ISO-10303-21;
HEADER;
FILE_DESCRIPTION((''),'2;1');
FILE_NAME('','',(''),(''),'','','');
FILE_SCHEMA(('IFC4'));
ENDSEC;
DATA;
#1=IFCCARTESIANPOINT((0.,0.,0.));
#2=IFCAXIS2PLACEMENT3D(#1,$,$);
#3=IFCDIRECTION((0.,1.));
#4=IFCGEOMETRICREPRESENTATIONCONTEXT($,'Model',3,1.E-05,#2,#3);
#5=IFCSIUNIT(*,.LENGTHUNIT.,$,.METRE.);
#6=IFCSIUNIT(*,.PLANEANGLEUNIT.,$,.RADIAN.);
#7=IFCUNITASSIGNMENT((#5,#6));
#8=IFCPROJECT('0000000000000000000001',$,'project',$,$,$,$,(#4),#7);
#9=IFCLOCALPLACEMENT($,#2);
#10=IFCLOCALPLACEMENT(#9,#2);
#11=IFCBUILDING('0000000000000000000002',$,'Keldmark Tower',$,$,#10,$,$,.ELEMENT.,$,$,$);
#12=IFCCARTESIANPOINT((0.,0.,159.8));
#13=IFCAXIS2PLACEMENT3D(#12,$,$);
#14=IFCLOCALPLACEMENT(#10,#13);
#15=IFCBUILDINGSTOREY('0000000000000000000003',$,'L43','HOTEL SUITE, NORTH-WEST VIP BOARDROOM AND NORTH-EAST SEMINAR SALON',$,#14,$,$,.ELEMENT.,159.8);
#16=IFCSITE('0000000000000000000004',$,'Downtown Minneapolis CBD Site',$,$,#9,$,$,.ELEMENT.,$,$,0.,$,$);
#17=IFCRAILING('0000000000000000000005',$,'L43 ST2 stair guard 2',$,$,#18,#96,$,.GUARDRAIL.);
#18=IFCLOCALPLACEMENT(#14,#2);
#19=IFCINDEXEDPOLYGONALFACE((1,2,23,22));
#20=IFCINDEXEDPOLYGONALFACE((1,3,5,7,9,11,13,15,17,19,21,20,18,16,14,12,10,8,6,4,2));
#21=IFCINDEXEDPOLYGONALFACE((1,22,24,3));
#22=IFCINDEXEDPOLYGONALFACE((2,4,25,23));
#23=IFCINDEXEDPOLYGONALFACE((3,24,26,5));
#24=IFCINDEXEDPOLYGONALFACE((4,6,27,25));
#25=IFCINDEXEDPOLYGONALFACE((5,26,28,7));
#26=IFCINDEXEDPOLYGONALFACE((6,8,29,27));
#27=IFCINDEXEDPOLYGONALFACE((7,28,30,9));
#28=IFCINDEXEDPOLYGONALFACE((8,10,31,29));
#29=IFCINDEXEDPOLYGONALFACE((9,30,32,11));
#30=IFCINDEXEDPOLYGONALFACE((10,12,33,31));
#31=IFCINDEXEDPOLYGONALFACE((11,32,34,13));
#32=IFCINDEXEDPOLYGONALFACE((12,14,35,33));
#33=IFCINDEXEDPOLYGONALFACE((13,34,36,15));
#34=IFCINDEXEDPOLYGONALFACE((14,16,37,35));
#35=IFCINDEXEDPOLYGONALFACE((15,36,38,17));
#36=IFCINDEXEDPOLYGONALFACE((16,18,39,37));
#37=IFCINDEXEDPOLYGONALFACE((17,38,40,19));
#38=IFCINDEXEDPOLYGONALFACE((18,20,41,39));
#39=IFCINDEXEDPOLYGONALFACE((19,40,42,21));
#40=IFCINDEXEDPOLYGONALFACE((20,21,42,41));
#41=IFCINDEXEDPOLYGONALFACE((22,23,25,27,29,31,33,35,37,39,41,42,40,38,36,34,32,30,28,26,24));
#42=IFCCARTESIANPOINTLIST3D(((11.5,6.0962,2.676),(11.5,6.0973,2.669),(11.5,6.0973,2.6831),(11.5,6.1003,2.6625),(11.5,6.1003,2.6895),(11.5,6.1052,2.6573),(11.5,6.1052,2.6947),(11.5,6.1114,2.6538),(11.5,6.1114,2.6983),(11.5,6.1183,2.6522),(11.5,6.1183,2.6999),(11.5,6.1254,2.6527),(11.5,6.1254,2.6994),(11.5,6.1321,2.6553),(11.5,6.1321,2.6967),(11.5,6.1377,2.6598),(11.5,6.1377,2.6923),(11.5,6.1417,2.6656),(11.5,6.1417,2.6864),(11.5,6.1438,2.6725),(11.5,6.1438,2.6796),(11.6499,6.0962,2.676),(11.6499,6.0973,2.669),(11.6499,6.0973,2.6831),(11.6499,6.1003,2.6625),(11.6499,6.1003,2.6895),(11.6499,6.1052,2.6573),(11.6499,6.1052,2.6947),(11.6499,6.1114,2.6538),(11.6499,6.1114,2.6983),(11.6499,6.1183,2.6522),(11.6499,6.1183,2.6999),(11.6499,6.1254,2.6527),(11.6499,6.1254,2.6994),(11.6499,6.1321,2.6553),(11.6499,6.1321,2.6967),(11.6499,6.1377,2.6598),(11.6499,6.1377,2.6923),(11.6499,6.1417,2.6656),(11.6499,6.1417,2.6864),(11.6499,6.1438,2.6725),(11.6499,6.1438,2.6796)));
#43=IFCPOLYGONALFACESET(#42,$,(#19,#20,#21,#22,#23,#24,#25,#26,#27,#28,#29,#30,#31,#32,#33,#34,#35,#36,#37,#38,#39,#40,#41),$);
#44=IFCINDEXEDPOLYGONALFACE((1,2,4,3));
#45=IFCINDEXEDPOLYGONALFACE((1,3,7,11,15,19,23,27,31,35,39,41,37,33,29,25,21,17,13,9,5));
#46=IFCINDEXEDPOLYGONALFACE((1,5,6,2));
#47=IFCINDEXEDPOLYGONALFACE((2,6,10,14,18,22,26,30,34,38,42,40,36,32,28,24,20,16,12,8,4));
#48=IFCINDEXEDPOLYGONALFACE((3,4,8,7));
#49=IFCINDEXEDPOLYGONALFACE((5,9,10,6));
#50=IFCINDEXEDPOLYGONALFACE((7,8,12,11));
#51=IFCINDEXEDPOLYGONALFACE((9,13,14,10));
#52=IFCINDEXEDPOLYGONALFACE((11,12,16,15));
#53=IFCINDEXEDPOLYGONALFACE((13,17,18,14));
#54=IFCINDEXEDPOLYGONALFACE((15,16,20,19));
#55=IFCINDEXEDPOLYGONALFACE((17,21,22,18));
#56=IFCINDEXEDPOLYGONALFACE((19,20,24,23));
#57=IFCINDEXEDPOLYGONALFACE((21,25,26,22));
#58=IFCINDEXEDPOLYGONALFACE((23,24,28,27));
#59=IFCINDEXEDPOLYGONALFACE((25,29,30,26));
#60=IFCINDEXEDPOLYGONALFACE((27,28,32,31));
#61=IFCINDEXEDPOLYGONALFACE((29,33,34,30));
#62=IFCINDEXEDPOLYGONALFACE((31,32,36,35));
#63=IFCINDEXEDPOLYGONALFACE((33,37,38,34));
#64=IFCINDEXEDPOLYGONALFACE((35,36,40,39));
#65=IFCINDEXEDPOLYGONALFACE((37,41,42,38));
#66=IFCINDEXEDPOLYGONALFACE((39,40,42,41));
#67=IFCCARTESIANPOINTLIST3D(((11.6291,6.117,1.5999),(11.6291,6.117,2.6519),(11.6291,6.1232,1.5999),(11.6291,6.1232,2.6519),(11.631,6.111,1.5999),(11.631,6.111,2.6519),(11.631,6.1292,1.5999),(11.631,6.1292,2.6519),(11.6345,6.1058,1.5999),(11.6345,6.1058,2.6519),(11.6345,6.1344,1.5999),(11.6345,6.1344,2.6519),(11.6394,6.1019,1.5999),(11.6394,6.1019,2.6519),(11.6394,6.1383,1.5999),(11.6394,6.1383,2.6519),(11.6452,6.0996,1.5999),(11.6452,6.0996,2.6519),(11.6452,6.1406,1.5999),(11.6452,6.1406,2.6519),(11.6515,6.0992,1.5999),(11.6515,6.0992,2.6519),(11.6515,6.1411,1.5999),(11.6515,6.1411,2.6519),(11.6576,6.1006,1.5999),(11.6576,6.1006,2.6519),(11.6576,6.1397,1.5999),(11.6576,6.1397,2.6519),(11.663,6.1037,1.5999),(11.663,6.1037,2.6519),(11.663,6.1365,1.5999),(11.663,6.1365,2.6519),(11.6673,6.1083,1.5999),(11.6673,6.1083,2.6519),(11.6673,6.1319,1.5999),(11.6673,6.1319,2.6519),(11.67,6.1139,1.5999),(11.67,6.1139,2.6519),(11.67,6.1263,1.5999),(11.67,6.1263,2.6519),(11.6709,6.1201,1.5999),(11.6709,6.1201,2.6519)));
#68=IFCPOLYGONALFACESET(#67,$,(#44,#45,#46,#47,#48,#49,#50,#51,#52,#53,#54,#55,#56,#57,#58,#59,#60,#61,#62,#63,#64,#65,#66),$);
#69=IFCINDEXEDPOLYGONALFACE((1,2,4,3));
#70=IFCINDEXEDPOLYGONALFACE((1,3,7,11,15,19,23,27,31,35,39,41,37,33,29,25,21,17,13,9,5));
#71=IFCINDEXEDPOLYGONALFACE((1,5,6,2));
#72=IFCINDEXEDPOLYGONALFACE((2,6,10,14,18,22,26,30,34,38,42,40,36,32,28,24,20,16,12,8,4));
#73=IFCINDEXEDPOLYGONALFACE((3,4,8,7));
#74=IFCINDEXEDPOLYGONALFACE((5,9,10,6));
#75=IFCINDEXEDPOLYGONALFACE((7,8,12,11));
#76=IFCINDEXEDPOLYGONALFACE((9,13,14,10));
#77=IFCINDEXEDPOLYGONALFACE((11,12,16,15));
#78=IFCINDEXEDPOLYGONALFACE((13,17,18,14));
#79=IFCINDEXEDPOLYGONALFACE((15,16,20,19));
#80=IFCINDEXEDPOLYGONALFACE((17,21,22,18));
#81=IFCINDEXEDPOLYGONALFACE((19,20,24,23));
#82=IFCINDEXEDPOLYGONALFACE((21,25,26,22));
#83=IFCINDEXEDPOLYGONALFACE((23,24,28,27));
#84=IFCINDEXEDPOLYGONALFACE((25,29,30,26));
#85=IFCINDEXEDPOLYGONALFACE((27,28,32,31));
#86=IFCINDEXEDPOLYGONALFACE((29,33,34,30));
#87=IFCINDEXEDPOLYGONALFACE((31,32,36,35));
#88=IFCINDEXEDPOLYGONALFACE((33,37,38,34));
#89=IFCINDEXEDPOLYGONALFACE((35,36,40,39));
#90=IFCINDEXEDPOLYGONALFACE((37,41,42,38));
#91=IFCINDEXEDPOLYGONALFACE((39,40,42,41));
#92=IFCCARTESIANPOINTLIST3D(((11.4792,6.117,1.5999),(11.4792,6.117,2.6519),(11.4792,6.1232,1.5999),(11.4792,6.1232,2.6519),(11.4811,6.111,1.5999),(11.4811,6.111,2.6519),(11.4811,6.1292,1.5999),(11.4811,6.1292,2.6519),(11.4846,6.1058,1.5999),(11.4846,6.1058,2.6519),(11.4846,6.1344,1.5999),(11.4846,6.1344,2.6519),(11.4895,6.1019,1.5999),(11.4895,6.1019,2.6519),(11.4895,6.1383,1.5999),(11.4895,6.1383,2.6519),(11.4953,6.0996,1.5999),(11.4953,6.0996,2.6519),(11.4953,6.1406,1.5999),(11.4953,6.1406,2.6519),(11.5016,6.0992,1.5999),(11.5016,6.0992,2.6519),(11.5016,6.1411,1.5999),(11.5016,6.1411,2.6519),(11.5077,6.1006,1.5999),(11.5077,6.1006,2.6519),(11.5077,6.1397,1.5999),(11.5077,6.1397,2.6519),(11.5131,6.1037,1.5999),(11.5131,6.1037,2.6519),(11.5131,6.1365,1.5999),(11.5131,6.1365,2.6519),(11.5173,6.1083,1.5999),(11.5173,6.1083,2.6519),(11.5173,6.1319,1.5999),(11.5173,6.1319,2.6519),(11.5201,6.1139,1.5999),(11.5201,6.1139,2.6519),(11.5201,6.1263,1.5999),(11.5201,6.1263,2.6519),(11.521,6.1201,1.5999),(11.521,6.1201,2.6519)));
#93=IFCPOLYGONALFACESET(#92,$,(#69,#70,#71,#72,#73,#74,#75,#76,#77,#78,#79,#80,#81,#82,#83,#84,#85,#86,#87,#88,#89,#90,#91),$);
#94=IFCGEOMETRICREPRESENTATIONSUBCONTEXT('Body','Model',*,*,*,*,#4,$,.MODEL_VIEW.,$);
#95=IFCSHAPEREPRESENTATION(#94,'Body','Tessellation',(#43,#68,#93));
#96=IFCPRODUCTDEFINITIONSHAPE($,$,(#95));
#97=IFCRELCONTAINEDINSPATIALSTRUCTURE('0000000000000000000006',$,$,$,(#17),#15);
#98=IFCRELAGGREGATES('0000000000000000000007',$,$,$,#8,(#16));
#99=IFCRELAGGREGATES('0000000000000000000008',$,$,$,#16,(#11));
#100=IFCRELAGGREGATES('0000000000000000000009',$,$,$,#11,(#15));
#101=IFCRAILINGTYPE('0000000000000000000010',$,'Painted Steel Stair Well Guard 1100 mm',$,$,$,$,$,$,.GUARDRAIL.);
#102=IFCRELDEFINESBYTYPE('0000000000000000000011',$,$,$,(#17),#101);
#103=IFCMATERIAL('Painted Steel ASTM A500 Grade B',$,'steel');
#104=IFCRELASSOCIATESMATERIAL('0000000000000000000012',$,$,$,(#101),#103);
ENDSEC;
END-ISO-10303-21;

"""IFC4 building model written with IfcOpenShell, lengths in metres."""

from ifc_helpers import new_model, si_unit, direction, frame, origin, origin_2d, place, context, subcontext, project, spatial, circle, extrude, material, type_object, element, save


model = new_model("IFC4")

# Units and contexts
model_context = context("Model", 3, precision=1e-05, world=origin(), true_north=direction((0.0, 1.0)))
body_context = subcontext(model_context, "Body", "Model", "MODEL_VIEW")
ifc_project = project(units=[si_unit("LENGTHUNIT", "METRE"), si_unit("PLANEANGLEUNIT", "RADIAN")], contexts=[model_context])

# Site, building, storey
site_placement = place(None, origin())
site = spatial("IfcSite", under=ifc_project, at=site_placement, Name="Downtown Minneapolis CBD Site", CompositionType="ELEMENT", RefElevation=0.0)
building_placement = place(site_placement, origin())
building = spatial("IfcBuilding", under=site, at=building_placement, Name="Keldmark Tower", CompositionType="ELEMENT")
storey_placement = place(building_placement, frame((0.0, 0.0, 159.8)))
storey = spatial("IfcBuildingStorey", under=building, at=storey_placement, Name="L43", Description="HOTEL SUITE, NORTH-WEST VIP BOARDROOM AND NORTH-EAST SEMINAR SALON", CompositionType="ELEMENT", Elevation=159.8)

# Railing
ifc_material_1 = material(Name="Painted Steel ASTM A500 Grade B", Category="steel")
railing_type_1 = type_object("IfcRailingType", Name="Painted Steel Stair Well Guard 1100 mm", PredefinedType="GUARDRAIL", material=ifc_material_1)
railing_1_placement = place(storey_placement, frame((11.6499, 6.1201, 1.5999)))
element("IfcRailing", 1, at=railing_1_placement, inside=storey, type_object=railing_type_1, Name="L43 ST2 stair guard 2", PredefinedType="GUARDRAIL", context=body_context, shape_type="SweptSolid", body=[
    extrude(circle(Radius=0.0239, at=origin_2d()), frame((0.0, 0.0, 1.0762), z_axis=(-1.0, 0.0, 0.0), x_axis=(0.0, -1.0, 0.0)), (0.0, 0.0, 1.0), 0.1499),
    extrude(circle(Radius=0.021, at=origin_2d()), origin(), (0.0, 0.0, 1.0), 1.052),
    extrude(circle(Radius=0.021, at=origin_2d()), frame((-0.1499, 0.0, 0.0)), (0.0, 0.0, 1.0), 1.052),
])

save(model, "model.ifc")
